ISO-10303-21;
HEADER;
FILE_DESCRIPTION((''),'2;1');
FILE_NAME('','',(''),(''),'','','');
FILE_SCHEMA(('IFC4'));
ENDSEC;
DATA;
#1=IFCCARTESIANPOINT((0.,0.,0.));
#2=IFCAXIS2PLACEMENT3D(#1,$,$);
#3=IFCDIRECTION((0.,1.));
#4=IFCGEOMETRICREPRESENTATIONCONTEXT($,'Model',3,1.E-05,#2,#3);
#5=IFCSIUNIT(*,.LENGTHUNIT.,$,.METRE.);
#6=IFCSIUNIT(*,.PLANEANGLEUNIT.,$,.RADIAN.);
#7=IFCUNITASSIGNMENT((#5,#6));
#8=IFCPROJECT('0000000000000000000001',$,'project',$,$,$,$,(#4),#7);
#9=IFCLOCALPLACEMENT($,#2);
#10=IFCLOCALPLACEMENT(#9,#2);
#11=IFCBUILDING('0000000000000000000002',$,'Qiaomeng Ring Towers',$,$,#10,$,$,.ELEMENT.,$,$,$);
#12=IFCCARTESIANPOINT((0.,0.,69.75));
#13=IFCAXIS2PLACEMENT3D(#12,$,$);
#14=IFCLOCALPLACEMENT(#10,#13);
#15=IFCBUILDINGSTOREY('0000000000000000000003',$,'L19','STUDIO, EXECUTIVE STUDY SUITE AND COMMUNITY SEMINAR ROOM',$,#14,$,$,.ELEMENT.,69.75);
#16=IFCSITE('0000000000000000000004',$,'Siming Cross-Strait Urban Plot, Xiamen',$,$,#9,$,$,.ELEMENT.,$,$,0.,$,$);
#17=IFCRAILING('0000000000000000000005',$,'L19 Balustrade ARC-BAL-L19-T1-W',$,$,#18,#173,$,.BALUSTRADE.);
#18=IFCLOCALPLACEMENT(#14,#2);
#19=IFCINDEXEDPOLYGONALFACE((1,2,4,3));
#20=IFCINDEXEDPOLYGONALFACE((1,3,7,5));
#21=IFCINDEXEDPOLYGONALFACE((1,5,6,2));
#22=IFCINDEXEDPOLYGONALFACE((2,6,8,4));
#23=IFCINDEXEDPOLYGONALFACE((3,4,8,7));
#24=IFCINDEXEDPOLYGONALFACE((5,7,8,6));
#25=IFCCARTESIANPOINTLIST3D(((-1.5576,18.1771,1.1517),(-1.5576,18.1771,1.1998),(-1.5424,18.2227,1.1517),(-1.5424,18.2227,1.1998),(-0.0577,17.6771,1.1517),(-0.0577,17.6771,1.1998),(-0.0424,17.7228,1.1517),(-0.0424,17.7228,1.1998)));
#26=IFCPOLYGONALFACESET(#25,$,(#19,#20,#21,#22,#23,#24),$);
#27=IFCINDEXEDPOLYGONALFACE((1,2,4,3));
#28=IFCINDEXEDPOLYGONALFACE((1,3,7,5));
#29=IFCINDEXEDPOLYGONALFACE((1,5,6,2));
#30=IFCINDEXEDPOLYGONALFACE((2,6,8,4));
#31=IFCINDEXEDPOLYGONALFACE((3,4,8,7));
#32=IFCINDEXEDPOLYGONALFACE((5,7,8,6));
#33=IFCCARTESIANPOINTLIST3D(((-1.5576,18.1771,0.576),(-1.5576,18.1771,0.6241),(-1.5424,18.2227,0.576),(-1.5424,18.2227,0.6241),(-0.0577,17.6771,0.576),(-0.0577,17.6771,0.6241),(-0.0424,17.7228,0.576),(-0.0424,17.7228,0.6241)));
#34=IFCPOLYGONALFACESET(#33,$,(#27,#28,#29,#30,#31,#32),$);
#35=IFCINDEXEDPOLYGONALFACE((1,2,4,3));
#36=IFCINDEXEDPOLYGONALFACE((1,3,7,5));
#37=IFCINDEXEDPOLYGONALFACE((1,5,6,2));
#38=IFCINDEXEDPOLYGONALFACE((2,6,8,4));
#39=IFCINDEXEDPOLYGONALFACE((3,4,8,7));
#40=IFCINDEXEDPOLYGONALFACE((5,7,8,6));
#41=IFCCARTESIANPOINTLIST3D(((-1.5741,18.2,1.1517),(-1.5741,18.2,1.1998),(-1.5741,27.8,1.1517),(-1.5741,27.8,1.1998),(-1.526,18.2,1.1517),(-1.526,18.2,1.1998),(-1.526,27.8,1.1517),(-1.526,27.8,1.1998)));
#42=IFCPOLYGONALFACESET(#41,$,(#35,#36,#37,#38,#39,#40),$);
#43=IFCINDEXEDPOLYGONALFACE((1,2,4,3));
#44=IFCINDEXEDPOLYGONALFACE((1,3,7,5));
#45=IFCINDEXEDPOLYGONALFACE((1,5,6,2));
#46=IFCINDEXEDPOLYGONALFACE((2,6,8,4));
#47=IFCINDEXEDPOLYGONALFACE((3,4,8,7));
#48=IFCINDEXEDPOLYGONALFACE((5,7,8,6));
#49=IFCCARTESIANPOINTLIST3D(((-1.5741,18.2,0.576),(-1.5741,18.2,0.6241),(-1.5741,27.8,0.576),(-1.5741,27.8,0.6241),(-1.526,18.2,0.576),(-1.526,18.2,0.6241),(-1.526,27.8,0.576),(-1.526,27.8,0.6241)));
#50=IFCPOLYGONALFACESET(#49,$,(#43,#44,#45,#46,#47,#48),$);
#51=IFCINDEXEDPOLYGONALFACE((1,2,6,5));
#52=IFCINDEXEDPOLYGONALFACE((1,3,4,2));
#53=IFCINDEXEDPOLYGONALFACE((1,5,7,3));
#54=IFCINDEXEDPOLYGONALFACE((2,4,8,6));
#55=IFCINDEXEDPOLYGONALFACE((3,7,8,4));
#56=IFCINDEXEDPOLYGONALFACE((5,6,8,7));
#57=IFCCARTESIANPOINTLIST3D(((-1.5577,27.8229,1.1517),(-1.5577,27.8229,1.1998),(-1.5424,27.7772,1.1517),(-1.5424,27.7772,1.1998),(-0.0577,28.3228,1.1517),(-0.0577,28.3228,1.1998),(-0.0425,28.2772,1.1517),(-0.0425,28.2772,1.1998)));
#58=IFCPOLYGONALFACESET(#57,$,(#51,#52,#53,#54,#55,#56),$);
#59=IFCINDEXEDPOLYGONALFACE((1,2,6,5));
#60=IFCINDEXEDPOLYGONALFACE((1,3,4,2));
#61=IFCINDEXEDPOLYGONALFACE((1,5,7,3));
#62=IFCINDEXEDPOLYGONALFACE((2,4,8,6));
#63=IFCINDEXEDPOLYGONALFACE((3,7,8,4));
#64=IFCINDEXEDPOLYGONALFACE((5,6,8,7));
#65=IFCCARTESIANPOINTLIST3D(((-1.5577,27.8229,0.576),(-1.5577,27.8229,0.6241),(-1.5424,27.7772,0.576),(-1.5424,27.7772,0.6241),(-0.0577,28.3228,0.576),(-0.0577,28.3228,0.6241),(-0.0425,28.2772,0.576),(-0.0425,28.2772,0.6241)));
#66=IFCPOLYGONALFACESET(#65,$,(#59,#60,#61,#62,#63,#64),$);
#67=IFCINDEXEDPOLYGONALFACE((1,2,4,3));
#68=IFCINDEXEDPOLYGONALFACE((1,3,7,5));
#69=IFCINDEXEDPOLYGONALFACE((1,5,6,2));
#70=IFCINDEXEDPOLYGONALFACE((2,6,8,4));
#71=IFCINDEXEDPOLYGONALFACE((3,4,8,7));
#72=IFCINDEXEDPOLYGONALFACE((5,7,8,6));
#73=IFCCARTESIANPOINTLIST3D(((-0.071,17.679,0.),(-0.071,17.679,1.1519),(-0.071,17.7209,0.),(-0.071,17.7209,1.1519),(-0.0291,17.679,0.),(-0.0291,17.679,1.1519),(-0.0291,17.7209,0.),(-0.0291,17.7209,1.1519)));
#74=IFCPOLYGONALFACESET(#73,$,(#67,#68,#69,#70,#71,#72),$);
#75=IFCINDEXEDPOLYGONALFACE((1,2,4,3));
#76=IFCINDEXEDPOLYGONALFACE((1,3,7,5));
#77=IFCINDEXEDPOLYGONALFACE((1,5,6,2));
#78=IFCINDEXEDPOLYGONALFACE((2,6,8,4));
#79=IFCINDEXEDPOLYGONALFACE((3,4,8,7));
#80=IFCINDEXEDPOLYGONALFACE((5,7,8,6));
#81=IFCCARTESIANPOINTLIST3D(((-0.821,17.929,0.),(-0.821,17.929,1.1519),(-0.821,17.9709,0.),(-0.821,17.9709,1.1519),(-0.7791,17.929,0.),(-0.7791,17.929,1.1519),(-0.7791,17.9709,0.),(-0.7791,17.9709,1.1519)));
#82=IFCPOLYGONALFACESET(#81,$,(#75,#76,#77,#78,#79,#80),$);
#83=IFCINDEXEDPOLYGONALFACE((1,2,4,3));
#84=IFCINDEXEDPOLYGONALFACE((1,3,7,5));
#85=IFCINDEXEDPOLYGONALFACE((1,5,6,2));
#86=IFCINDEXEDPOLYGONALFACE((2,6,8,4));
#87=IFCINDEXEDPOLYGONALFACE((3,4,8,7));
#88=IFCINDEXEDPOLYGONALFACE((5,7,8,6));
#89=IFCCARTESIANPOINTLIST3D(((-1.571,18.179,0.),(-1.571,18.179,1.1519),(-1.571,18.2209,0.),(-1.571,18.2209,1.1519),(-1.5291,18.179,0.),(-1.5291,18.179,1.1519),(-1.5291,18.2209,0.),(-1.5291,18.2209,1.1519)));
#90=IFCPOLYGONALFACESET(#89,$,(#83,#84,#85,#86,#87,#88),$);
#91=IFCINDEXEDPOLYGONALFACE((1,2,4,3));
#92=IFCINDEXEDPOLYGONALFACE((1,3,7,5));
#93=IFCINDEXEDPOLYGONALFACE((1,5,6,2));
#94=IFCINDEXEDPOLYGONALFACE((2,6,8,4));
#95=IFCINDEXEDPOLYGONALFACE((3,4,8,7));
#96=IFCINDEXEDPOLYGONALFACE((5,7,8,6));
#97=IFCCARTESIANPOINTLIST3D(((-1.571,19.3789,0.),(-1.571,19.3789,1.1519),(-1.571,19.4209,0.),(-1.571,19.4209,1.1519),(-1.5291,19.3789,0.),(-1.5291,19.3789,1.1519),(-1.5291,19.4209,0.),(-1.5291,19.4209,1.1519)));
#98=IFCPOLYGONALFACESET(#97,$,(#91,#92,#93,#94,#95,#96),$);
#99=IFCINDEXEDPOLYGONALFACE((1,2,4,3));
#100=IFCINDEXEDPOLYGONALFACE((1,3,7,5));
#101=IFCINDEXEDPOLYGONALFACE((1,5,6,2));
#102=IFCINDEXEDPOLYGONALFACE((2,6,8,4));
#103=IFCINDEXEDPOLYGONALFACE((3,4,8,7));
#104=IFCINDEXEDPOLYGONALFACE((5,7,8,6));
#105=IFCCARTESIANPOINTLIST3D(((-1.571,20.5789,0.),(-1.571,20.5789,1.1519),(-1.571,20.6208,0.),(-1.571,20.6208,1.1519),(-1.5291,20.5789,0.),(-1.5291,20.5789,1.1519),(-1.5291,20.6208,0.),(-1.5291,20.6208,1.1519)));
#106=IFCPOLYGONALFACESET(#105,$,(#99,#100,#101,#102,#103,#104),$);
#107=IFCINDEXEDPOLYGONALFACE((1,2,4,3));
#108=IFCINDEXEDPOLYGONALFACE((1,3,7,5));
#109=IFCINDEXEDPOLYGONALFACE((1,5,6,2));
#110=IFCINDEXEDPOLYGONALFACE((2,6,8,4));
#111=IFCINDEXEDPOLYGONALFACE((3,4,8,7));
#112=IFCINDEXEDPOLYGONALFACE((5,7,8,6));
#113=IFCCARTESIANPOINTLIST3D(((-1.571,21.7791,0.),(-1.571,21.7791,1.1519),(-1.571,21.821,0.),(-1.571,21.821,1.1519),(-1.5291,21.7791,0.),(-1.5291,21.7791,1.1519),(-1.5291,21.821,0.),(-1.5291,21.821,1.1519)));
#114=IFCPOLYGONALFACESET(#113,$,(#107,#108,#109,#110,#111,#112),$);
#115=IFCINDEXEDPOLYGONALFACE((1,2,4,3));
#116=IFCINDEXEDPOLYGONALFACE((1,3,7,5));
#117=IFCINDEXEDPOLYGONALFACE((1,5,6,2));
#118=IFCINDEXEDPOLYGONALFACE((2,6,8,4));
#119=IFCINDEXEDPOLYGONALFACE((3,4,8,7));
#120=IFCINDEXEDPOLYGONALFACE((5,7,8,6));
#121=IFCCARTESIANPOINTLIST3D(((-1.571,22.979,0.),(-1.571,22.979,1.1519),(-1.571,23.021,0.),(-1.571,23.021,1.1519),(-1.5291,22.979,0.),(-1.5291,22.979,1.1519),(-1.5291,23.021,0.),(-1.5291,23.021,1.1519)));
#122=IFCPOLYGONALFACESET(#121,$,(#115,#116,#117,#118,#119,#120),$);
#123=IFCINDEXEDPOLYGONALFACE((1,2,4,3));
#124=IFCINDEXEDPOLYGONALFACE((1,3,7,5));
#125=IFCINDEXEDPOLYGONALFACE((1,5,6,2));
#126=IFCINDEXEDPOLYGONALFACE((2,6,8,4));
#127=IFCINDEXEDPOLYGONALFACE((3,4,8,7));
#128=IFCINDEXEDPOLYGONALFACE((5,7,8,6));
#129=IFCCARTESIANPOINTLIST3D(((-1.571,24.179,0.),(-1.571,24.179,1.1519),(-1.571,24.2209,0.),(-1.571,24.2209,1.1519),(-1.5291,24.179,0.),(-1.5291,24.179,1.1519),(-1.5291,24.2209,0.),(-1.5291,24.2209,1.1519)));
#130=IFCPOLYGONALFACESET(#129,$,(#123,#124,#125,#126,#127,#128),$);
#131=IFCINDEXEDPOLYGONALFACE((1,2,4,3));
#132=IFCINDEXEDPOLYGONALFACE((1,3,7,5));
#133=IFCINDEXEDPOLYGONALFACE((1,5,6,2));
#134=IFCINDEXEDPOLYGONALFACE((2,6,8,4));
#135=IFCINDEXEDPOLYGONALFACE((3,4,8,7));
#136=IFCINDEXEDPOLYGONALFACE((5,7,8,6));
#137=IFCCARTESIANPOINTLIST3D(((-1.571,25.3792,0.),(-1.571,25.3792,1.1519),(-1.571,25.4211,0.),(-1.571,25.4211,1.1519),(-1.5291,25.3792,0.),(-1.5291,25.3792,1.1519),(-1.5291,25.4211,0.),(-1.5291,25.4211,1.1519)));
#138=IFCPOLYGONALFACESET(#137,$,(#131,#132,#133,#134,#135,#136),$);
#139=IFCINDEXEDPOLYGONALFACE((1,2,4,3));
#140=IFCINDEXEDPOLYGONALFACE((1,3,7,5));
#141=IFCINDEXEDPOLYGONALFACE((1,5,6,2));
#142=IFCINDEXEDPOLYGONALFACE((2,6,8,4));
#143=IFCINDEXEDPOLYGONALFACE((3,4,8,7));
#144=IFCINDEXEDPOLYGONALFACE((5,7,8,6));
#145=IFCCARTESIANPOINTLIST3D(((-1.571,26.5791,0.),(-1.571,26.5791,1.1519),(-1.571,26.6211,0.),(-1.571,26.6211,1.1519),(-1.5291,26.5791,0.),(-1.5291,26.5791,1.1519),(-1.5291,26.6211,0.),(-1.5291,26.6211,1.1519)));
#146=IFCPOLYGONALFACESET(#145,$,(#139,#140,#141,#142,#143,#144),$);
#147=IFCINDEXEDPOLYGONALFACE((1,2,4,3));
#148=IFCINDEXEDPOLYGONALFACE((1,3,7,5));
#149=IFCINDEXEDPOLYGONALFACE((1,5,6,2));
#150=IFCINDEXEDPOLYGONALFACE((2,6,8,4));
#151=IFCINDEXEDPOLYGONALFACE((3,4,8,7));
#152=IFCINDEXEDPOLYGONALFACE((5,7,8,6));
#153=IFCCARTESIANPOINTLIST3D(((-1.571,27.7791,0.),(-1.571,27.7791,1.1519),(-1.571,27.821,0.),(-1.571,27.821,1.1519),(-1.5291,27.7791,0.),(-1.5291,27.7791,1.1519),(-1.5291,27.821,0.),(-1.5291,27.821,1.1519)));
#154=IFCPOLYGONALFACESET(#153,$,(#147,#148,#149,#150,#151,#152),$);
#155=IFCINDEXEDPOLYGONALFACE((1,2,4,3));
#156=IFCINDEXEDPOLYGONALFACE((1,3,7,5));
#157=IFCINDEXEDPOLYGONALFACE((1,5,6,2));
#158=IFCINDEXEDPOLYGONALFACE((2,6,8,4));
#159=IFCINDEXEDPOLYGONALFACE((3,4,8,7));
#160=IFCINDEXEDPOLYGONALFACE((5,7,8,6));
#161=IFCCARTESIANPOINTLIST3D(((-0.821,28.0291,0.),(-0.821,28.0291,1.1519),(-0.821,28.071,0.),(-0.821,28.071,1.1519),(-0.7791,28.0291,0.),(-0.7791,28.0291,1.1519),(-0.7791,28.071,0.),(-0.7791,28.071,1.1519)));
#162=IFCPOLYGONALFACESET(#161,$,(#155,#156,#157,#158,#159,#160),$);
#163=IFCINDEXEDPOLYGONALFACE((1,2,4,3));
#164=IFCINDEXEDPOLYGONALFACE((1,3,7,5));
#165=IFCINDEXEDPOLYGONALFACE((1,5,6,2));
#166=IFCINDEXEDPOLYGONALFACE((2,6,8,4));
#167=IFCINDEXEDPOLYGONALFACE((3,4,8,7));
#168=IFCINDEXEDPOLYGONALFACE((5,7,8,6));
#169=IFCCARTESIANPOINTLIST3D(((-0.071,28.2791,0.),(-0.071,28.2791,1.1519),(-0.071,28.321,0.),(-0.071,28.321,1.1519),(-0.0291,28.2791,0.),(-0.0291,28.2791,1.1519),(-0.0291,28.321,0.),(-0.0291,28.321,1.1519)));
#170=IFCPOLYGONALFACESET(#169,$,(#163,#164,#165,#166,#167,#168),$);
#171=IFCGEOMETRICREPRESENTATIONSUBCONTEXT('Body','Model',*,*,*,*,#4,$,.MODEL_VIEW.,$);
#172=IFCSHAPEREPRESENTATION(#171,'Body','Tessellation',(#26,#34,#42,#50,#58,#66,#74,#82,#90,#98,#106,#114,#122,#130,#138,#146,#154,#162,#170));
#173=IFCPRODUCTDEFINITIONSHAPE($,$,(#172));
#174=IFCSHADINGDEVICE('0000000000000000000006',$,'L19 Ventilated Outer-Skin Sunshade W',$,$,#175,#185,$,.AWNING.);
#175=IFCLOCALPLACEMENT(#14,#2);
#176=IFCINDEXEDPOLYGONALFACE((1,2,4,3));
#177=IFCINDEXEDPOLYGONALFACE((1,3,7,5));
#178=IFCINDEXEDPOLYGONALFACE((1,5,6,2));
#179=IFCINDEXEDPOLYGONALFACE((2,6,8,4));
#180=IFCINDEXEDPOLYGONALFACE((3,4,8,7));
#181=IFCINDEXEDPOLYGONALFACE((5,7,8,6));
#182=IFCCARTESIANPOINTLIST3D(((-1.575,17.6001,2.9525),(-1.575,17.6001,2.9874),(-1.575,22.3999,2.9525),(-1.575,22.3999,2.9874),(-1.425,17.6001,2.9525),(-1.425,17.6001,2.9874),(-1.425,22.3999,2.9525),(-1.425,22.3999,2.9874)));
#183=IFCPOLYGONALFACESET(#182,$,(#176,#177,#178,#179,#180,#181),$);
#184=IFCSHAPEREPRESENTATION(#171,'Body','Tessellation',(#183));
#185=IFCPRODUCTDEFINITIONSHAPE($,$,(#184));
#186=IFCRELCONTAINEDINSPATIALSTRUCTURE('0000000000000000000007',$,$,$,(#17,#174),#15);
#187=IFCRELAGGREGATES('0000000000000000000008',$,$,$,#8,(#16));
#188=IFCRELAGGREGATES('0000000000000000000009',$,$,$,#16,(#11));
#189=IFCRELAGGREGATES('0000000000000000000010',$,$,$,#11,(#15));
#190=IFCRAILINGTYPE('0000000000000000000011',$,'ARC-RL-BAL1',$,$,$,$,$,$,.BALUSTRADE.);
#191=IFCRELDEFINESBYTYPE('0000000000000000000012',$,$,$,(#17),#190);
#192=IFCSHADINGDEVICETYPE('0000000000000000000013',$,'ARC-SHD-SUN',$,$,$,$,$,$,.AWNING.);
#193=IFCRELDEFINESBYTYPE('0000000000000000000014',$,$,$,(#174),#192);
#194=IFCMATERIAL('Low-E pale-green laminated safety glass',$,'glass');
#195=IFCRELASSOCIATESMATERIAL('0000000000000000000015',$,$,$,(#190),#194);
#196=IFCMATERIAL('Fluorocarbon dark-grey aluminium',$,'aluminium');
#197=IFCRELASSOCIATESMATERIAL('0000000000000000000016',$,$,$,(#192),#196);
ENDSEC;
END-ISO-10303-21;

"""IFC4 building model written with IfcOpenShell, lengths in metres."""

from ifc_helpers import new_model, si_unit, direction, frame, origin, origin_2d, place, context, subcontext, project, spatial, rectangle, extrude, source, transform, mapped, material, material_profile, profile_set, type_object, element, save


model = new_model("IFC4")

# Units and contexts
model_context = context("Model", 3, precision=1e-05, world=origin(), true_north=direction((0.0, 1.0)))
body_context = subcontext(model_context, "Body", "Model", "MODEL_VIEW")
ifc_project = project(units=[si_unit("LENGTHUNIT", "METRE"), si_unit("PLANEANGLEUNIT", "RADIAN")], contexts=[model_context])

# Site, building, storey
site_placement = place(None, origin())
site = spatial("IfcSite", under=ifc_project, at=site_placement, Name="Siming Cross-Strait Urban Plot, Xiamen", CompositionType="ELEMENT", RefElevation=0.0)
building_placement = place(site_placement, origin())
building = spatial("IfcBuilding", under=site, at=building_placement, Name="Qiaomeng Ring Towers", CompositionType="ELEMENT")
storey_placement = place(building_placement, frame((0.0, 0.0, 69.75)))
storey = spatial("IfcBuildingStorey", under=building, at=storey_placement, Name="L19", Description="STUDIO, EXECUTIVE STUDY SUITE AND COMMUNITY SEMINAR ROOM", CompositionType="ELEMENT", Elevation=69.75)

# Railing
ifc_material_1 = material(Name="Low-E pale-green laminated safety glass", Category="glass")
railing_type = type_object("IfcRailingType", Name="ARC-RL-BAL1", PredefinedType="BALUSTRADE", material=ifc_material_1)
railing_1_placement = place(storey_placement, frame((-0.05, 17.7, 0.0)))
element("IfcRailing", 1, at=railing_1_placement, inside=storey, type_object=railing_type, Name="L19 Balustrade ARC-BAL-L19-T1-W", PredefinedType="BALUSTRADE", context=body_context, shape_type="SweptSolid", body=[
    extrude(rectangle(XDim=0.0481, YDim=0.0481, at=origin_2d()), frame((0.0, 0.0, 1.1758), z_axis=(-0.948683, 0.316228, 0.0), x_axis=(-0.316228, -0.948683, 0.0)), (0.0, 0.0, 1.0), 1.5811),
    extrude(rectangle(XDim=0.0481, YDim=0.0481, at=origin_2d()), frame((0.0, 0.0, 0.6001), z_axis=(-0.948683, 0.316228, 0.0), x_axis=(-0.316228, -0.948683, 0.0)), (0.0, 0.0, 1.0), 1.5811),
    extrude(rectangle(XDim=0.0481, YDim=0.0481, at=origin_2d()), frame((-1.5, 0.5, 1.1758), z_axis=(0.0, 1.0, 0.0), x_axis=(-1.0, 0.0, 0.0)), (0.0, 0.0, 1.0), 9.6001),
    extrude(rectangle(XDim=0.0481, YDim=0.0481, at=origin_2d()), frame((-1.5, 0.5, 0.6001), z_axis=(0.0, 1.0, 0.0), x_axis=(-1.0, 0.0, 0.0)), (0.0, 0.0, 1.0), 9.6001),
    extrude(rectangle(XDim=0.0481, YDim=0.0481, at=origin_2d()), frame((-1.5, 10.1001, 1.1758), z_axis=(0.948683, 0.316228, 0.0), x_axis=(-0.316228, 0.948683, 0.0)), (0.0, 0.0, 1.0), 1.5811),
    extrude(rectangle(XDim=0.0481, YDim=0.0481, at=origin_2d()), frame((-1.5, 10.1001, 0.6001), z_axis=(0.948683, 0.316228, 0.0), x_axis=(-0.316228, 0.948683, 0.0)), (0.0, 0.0, 1.0), 1.5811),
    extrude(rectangle(XDim=0.042, YDim=0.042, at=origin_2d()), origin(), (0.0, 0.0, 1.0), 1.1519),
    extrude(rectangle(XDim=0.042, YDim=0.042, at=origin_2d()), frame((-0.75, 0.25, 0.0)), (0.0, 0.0, 1.0), 1.1519),
    extrude(rectangle(XDim=0.042, YDim=0.042, at=origin_2d()), frame((-1.5, 0.5, 0.0)), (0.0, 0.0, 1.0), 1.1519),
    extrude(rectangle(XDim=0.042, YDim=0.042, at=origin_2d()), frame((-1.5, 1.7, 0.0)), (0.0, 0.0, 1.0), 1.1519),
    extrude(rectangle(XDim=0.042, YDim=0.042, at=origin_2d()), frame((-1.5, 2.8999, 0.0)), (0.0, 0.0, 1.0), 1.1519),
    extrude(rectangle(XDim=0.042, YDim=0.042, at=origin_2d()), frame((-1.5, 4.1001, 0.0)), (0.0, 0.0, 1.0), 1.1519),
    extrude(rectangle(XDim=0.042, YDim=0.042, at=origin_2d()), frame((-1.5, 5.3, 0.0)), (0.0, 0.0, 1.0), 1.1519),
    extrude(rectangle(XDim=0.042, YDim=0.042, at=origin_2d()), frame((-1.5, 6.5, 0.0)), (0.0, 0.0, 1.0), 1.1519),
    extrude(rectangle(XDim=0.042, YDim=0.042, at=origin_2d()), frame((-1.5, 7.7002, 0.0)), (0.0, 0.0, 1.0), 1.1519),
    extrude(rectangle(XDim=0.042, YDim=0.042, at=origin_2d()), frame((-1.5, 8.9001, 0.0)), (0.0, 0.0, 1.0), 1.1519),
    extrude(rectangle(XDim=0.042, YDim=0.042, at=origin_2d()), frame((-1.5, 10.1001, 0.0)), (0.0, 0.0, 1.0), 1.1519),
    extrude(rectangle(XDim=0.042, YDim=0.042, at=origin_2d()), frame((-0.75, 10.3501, 0.0)), (0.0, 0.0, 1.0), 1.1519),
    extrude(rectangle(XDim=0.042, YDim=0.042, at=origin_2d()), frame((0.0, 10.6001, 0.0)), (0.0, 0.0, 1.0), 1.1519),
])

# Shading device
ifc_material_2 = material(Name="Fluorocarbon dark-grey aluminium", Category="aluminium")
ifc_material_profile_1 = material_profile(ifc_material_2, rectangle(XDim=0.1499, YDim=0.0349, at=origin_2d()), Name="LV BLADE 150x35")
ifc_profile_set_1 = profile_set([ifc_material_profile_1], Name="Fluorocarbon dark-grey aluminium")
shading_device_type = type_object("IfcShadingDeviceType", Name="ARC-SHD-SUN", PredefinedType="AWNING", material=ifc_profile_set_1)
shared_shape_1 = source(origin(), body_context, "Body", "SweptSolid", [
    extrude(rectangle(XDim=0.1499, YDim=0.0349, at=origin_2d()), origin(), (0.0, 0.0, 1.0), 4.7998),
])
shading_device_placement = place(storey_placement, frame((-1.5, 17.6001, 2.97), z_axis=(0.0, 1.0, 0.0), x_axis=(-1.0, 0.0, 0.0)))
element("IfcShadingDevice", 2, at=shading_device_placement, inside=storey, type_object=shading_device_type, Name="L19 Ventilated Outer-Skin Sunshade W", PredefinedType="AWNING", context=body_context, shape_type="MappedRepresentation", body=[
    mapped(shared_shape_1, transform((0.0, 0.0, 0.0), x_axis=(1.0, 0.0, 0.0), y_axis=(0.0, 1.0, 0.0), z_axis=(0.0, 0.0, 1.0), scale=1.0)),
])

save(model, "model.ifc")
